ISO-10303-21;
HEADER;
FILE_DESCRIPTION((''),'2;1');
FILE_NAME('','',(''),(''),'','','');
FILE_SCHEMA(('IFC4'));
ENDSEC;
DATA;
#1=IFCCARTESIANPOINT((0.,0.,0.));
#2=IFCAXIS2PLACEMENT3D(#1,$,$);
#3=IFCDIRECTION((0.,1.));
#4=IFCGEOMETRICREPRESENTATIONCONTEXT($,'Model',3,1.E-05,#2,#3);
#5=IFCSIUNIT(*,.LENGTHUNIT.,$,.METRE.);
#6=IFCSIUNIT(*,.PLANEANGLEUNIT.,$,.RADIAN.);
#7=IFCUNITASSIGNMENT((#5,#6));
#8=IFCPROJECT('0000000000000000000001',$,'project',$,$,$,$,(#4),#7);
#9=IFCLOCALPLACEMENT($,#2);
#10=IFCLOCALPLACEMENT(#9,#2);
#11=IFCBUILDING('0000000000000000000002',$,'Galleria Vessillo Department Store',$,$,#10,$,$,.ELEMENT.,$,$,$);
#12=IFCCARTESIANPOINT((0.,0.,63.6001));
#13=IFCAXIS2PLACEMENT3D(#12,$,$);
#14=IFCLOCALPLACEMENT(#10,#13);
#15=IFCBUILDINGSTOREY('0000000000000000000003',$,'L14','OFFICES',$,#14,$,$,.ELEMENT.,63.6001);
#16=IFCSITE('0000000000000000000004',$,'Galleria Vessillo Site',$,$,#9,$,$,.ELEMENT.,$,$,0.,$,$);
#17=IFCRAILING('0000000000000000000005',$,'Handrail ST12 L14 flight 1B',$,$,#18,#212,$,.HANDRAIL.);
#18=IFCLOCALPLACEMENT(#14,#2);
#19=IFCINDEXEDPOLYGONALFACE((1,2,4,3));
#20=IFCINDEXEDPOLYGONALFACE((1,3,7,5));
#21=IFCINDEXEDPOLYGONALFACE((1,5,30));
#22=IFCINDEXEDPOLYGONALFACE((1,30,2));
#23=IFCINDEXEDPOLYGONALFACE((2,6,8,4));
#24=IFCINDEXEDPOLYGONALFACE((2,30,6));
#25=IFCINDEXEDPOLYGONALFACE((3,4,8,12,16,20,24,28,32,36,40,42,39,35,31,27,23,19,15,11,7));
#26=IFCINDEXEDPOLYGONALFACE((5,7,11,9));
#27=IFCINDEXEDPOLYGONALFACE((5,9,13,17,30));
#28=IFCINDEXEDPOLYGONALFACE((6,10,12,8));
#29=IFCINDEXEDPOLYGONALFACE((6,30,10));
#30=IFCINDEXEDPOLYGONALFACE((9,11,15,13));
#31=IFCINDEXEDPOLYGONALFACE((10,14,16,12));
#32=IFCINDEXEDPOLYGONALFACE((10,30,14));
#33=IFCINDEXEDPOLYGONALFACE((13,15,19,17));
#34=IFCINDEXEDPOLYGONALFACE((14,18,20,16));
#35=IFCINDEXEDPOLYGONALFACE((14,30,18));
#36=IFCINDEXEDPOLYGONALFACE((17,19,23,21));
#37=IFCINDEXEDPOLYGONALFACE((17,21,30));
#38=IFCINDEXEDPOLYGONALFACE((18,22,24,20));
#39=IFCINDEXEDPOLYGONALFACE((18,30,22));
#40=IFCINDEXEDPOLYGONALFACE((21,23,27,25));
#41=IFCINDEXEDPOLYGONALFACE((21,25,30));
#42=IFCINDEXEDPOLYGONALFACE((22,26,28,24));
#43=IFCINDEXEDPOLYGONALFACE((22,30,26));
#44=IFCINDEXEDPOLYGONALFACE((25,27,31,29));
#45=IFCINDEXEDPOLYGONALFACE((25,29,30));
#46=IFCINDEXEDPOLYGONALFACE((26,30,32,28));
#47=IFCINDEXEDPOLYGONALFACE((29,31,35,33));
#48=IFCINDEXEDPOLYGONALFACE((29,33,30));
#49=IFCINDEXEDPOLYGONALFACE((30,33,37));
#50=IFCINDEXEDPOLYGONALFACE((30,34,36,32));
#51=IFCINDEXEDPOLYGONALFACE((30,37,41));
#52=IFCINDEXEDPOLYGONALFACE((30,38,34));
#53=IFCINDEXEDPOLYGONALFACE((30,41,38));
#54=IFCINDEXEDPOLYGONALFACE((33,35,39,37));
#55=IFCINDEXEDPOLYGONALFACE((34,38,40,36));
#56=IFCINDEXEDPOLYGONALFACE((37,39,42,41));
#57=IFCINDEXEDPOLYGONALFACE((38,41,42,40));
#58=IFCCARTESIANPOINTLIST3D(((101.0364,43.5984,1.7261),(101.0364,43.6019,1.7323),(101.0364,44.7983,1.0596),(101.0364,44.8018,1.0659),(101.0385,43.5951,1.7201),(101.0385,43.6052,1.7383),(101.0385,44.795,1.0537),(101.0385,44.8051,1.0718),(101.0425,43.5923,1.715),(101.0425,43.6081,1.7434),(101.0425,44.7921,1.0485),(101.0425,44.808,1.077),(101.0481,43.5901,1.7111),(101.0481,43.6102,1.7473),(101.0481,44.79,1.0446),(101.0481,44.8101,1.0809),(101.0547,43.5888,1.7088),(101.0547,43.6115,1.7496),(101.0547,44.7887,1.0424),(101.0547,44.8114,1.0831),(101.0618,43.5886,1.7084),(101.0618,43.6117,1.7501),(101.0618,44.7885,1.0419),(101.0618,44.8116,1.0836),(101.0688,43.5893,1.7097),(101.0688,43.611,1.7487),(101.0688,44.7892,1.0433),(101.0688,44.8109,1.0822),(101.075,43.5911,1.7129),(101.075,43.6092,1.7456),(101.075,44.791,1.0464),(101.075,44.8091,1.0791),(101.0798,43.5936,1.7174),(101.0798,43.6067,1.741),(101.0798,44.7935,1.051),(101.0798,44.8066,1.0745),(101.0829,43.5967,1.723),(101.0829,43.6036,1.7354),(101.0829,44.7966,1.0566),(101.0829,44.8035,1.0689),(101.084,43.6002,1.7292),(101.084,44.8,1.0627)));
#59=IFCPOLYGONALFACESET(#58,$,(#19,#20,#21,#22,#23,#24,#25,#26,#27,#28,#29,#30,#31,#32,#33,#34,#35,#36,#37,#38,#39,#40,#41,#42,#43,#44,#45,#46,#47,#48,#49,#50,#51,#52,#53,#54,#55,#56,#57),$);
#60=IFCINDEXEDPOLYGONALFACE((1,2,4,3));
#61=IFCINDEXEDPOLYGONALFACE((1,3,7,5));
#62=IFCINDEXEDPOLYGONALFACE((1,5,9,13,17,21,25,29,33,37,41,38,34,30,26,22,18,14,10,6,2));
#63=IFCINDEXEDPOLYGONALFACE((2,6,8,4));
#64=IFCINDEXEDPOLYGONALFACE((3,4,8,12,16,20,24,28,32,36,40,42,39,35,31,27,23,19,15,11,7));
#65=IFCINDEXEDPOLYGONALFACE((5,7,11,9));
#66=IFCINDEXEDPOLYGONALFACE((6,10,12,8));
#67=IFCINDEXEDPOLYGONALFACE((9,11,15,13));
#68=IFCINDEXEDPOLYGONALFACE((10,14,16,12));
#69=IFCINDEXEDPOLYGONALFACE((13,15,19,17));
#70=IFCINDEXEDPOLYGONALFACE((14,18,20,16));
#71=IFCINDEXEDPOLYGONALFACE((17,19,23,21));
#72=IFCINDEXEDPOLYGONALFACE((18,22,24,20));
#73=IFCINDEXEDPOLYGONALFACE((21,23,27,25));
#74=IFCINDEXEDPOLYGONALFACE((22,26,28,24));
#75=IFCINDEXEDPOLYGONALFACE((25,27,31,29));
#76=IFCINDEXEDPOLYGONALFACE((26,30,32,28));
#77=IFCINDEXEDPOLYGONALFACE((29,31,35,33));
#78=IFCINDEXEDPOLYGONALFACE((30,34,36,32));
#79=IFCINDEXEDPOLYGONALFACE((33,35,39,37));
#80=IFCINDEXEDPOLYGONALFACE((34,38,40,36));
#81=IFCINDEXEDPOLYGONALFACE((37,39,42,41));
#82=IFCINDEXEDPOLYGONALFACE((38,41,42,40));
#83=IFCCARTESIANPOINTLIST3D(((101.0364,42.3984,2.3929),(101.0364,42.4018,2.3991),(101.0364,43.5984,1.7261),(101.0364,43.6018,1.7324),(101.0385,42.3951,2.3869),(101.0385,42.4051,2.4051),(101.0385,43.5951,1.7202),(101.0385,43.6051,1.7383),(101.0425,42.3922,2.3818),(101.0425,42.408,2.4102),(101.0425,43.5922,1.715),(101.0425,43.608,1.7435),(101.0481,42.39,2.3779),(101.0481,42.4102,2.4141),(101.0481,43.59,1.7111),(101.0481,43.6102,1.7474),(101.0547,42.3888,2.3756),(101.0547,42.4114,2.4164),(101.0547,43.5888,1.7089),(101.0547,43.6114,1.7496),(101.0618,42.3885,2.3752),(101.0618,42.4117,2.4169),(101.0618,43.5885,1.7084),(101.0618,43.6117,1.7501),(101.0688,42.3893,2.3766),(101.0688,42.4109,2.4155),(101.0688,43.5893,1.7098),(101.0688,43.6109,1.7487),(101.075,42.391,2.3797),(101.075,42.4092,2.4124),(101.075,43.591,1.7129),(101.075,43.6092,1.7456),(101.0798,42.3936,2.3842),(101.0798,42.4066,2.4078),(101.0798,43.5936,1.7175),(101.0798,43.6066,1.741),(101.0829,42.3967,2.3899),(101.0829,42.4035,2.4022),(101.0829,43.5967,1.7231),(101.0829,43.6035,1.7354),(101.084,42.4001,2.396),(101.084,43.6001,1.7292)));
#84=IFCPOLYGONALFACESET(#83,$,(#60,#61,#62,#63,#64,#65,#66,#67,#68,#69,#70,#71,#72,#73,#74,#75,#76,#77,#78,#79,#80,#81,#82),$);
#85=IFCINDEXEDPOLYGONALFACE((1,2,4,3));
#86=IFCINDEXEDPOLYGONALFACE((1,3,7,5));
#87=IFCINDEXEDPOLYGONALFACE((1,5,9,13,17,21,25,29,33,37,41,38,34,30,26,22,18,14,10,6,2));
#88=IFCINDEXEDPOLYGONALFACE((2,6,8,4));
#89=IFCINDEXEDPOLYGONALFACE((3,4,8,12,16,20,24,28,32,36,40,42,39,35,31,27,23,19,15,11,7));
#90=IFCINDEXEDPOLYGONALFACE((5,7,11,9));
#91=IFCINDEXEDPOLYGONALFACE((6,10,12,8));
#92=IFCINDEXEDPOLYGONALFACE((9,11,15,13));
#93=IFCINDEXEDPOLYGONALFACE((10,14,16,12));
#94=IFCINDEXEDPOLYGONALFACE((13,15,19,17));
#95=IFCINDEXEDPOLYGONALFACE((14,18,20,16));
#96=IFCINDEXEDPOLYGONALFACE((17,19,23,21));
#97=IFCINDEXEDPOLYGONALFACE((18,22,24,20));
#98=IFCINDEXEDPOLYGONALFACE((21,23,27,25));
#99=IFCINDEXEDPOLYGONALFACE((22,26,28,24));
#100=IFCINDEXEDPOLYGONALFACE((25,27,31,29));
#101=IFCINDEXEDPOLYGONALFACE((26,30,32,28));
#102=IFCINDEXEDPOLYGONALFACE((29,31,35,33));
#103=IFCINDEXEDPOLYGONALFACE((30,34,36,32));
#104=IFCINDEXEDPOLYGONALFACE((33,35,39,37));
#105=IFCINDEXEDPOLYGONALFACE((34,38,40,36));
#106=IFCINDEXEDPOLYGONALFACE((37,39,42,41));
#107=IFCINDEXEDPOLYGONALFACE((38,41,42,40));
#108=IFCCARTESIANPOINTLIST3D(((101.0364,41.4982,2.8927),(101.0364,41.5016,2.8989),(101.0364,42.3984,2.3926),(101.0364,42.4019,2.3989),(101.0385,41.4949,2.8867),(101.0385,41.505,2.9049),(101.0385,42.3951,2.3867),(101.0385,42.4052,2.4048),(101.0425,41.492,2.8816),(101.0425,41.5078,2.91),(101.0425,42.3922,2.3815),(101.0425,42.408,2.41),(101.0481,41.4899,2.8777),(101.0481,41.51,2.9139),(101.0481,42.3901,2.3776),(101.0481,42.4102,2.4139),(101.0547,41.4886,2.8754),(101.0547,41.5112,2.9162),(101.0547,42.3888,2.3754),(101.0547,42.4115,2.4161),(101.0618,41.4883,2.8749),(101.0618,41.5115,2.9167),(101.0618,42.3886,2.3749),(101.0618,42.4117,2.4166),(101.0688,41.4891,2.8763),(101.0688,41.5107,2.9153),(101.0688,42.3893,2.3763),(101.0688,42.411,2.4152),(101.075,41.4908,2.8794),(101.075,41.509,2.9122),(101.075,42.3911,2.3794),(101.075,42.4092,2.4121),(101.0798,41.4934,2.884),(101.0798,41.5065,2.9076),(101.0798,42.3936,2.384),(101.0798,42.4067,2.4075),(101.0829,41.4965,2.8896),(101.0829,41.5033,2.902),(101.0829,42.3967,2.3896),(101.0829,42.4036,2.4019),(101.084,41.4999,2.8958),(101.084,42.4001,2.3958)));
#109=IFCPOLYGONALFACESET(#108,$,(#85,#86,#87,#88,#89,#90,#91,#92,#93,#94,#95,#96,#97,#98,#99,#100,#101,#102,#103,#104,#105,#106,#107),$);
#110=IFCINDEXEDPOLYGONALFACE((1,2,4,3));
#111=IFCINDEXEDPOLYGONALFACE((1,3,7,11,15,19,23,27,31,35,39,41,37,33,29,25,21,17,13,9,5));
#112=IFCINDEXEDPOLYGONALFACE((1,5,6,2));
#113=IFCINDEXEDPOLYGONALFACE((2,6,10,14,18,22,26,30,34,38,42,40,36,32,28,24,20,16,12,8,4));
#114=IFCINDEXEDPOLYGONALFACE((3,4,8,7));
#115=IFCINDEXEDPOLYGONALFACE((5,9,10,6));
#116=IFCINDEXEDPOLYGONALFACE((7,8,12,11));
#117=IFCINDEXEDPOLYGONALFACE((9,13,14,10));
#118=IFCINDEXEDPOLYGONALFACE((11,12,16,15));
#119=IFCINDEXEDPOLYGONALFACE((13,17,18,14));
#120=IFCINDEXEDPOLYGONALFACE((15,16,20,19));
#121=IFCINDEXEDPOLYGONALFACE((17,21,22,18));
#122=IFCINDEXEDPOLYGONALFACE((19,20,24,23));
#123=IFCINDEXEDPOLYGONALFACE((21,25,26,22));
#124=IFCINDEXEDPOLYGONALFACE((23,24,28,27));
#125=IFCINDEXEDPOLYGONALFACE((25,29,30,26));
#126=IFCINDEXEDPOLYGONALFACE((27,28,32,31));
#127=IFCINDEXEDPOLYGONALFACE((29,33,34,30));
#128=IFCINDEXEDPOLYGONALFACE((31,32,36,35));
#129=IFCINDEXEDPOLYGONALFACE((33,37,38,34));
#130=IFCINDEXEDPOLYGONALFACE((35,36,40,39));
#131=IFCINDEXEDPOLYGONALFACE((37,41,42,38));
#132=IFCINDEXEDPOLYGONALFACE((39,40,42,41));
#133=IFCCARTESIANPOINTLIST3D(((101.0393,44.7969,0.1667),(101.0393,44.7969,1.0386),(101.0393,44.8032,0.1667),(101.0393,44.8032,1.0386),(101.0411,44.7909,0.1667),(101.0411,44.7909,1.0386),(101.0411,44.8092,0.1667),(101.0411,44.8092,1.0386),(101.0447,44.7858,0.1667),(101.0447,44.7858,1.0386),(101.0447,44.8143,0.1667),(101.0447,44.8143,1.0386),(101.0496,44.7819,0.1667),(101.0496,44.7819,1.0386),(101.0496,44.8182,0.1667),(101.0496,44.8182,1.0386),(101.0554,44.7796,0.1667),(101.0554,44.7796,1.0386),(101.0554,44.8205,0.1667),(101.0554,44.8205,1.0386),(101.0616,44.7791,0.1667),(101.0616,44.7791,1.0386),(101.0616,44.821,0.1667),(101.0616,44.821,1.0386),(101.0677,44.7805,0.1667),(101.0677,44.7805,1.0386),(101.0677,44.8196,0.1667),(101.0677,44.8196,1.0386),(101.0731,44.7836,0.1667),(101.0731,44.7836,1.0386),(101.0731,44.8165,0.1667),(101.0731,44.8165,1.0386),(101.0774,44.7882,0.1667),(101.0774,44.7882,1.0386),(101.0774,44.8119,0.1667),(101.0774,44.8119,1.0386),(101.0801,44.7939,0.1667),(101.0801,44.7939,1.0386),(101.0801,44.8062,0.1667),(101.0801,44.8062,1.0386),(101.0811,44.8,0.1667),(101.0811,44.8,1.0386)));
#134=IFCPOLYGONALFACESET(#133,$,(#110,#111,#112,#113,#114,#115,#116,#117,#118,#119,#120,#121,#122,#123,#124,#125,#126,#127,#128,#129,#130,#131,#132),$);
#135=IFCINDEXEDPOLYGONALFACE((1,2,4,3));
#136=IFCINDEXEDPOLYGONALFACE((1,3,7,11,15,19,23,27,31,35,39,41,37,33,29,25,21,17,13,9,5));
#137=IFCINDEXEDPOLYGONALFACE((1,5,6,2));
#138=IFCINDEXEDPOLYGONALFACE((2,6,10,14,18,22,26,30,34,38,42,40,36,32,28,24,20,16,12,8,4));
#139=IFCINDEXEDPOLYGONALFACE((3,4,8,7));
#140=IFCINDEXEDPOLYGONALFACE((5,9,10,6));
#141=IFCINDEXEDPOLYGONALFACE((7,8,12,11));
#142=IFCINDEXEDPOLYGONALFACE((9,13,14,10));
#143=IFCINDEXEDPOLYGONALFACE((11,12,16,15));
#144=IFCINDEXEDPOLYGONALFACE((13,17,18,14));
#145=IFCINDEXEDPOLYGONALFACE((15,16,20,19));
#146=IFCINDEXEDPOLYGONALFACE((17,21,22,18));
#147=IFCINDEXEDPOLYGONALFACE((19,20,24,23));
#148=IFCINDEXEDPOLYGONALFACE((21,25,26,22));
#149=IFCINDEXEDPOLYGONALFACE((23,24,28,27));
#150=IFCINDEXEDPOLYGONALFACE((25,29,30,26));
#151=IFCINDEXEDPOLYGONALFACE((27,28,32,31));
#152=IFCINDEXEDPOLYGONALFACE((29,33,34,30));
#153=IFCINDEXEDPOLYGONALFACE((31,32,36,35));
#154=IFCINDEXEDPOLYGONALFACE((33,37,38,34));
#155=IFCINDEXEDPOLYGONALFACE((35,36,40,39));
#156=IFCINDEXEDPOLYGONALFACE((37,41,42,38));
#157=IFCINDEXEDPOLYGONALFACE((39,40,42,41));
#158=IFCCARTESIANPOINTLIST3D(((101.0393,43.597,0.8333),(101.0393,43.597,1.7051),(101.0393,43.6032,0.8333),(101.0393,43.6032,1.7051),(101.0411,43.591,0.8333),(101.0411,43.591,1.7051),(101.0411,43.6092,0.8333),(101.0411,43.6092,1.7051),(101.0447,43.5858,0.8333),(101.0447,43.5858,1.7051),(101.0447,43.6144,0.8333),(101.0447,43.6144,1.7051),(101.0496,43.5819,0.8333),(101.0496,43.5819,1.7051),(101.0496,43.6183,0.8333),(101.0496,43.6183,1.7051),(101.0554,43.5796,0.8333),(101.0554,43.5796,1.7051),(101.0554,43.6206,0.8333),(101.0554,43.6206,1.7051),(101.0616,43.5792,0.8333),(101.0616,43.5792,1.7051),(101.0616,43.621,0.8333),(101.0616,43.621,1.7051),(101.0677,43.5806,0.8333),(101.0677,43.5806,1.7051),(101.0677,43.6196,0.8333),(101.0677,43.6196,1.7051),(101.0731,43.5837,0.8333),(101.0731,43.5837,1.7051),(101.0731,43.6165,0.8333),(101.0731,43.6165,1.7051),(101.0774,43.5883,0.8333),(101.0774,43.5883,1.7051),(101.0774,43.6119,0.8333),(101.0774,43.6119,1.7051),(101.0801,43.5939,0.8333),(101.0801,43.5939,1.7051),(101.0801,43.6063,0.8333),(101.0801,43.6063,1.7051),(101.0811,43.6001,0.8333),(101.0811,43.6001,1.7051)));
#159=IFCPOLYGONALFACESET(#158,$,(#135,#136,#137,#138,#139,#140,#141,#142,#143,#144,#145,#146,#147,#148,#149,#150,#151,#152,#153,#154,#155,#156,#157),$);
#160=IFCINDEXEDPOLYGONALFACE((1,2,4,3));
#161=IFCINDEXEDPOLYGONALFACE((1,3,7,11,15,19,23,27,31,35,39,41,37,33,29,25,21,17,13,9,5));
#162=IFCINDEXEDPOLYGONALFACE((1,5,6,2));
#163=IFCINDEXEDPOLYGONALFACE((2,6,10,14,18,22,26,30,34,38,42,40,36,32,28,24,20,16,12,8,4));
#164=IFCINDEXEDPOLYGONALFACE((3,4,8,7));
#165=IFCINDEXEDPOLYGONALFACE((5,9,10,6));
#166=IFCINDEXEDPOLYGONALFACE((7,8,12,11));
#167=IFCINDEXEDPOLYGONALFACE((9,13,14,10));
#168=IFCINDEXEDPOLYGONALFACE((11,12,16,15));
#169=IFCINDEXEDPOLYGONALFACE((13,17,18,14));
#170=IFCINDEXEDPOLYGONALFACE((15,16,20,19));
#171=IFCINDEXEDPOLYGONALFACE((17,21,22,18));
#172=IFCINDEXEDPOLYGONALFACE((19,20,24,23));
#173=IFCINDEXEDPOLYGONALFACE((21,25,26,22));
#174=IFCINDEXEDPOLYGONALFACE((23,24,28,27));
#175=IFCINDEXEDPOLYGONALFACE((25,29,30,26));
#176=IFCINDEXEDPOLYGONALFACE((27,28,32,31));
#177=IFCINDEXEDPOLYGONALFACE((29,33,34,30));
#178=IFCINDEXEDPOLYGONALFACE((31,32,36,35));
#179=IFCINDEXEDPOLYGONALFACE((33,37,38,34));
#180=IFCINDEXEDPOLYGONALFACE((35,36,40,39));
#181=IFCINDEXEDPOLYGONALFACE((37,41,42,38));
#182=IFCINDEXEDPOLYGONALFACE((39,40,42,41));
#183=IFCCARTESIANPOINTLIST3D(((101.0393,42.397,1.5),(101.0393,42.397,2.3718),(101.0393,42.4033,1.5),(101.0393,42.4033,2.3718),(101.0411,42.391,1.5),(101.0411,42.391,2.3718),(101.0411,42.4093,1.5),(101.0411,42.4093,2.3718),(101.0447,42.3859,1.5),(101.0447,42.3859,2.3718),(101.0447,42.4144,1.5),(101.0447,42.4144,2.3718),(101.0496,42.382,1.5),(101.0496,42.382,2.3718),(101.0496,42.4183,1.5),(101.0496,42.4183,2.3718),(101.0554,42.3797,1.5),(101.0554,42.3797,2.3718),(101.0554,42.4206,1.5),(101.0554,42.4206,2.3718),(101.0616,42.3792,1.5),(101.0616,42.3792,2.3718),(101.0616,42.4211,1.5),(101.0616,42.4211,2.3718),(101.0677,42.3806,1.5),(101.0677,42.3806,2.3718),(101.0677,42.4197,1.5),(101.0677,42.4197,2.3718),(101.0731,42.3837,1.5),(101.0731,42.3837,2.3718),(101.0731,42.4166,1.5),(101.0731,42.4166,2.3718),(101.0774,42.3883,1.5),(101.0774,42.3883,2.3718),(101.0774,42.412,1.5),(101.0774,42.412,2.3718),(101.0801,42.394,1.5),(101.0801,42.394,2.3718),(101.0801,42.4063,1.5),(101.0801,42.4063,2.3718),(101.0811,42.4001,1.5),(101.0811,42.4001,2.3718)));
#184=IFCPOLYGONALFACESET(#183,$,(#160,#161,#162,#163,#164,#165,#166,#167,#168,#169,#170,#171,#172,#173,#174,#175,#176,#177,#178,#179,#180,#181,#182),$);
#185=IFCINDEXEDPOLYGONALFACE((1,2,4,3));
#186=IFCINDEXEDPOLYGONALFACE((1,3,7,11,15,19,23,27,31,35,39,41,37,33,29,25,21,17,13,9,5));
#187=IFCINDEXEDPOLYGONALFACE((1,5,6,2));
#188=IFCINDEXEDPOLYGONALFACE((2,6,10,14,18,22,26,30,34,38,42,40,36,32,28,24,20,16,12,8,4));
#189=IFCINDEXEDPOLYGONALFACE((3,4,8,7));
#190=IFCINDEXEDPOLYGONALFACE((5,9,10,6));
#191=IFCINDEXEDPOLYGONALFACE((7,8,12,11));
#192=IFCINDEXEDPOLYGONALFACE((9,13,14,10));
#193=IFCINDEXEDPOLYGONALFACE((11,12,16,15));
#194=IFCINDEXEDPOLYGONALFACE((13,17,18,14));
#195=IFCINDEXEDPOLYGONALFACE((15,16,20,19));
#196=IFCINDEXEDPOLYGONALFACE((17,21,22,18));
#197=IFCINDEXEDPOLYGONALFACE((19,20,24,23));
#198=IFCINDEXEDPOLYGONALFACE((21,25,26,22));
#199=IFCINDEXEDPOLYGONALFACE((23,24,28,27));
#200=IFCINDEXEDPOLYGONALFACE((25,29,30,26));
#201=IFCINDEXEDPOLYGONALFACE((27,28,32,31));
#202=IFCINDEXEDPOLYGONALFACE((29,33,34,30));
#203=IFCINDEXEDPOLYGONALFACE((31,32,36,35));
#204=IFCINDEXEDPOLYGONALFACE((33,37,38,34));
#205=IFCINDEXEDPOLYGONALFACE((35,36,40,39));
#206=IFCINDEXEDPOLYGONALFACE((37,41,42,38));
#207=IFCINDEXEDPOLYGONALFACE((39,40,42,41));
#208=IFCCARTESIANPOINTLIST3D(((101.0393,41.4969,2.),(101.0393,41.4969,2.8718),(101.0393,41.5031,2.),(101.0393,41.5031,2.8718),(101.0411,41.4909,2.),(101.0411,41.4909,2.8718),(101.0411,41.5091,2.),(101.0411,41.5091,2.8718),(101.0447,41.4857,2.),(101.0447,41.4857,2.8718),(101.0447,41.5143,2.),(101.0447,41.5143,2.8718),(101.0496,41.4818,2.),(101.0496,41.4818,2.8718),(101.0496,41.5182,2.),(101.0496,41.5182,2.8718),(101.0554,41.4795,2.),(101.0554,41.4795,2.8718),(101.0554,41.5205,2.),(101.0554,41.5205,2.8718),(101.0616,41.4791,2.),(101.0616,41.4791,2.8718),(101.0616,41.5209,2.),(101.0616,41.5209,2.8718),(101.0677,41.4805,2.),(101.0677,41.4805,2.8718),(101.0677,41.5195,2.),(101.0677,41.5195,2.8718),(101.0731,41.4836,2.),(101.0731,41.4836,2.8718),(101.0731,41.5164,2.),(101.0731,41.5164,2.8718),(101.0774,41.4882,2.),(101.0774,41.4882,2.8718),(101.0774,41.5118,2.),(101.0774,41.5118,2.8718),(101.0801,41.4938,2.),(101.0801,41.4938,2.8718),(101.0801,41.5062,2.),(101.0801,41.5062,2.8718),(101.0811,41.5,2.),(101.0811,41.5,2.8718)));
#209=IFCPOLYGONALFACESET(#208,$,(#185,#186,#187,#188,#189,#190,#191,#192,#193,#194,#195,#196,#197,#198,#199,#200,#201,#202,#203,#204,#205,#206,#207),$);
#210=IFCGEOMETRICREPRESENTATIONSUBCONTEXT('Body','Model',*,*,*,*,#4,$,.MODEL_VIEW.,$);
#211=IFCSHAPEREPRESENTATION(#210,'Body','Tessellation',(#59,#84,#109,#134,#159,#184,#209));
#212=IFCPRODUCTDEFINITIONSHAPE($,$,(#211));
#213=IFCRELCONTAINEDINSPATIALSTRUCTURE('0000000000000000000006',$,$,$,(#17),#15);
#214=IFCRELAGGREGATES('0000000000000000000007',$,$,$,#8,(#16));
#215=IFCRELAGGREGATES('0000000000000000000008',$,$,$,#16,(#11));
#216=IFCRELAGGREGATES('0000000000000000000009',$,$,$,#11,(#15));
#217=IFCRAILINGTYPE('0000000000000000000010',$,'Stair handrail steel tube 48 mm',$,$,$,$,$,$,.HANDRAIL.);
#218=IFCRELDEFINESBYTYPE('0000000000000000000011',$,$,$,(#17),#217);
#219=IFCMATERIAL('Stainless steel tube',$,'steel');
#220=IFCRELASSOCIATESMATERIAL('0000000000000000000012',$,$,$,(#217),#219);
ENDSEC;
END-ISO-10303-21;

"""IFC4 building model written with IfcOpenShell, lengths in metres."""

from ifc_helpers import new_model, si_unit, direction, frame, origin, origin_2d, place, context, subcontext, project, spatial, circle, extrude, material, type_object, element, save


model = new_model("IFC4")

# Units and contexts
model_context = context("Model", 3, precision=1e-05, world=origin(), true_north=direction((0.0, 1.0)))
body_context = subcontext(model_context, "Body", "Model", "MODEL_VIEW")
ifc_project = project(units=[si_unit("LENGTHUNIT", "METRE"), si_unit("PLANEANGLEUNIT", "RADIAN")], contexts=[model_context])

# Site, building, storey
site_placement = place(None, origin())
site = spatial("IfcSite", under=ifc_project, at=site_placement, Name="Galleria Vessillo Site", CompositionType="ELEMENT", RefElevation=0.0)
building_placement = place(site_placement, origin())
building = spatial("IfcBuilding", under=site, at=building_placement, Name="Galleria Vessillo Department Store", CompositionType="ELEMENT")
storey_placement = place(building_placement, frame((0.0, 0.0, 63.6001)))
storey = spatial("IfcBuildingStorey", under=building, at=storey_placement, Name="L14", Description="OFFICES", CompositionType="ELEMENT", Elevation=63.6001)

# Railing
ifc_material_1 = material(Name="Stainless steel tube", Category="steel")
railing_type = type_object("IfcRailingType", Name="Stair handrail steel tube 48 mm", PredefinedType="HANDRAIL", material=ifc_material_1)
for number, where, name in (
    (1, (101.0601, 44.8, 0.1667), "Handrail ST12 L14 flight 1B"),
):
    element("IfcRailing", number, at=place(storey_placement, frame(where)), inside=storey, type_object=railing_type, Name=name, PredefinedType="HANDRAIL", context=body_context, shape_type="SweptSolid", body=[
        extrude(circle(Radius=0.0239, at=origin_2d()), frame((0.0, 0.0, 0.896), z_axis=(0.0, -0.874199, 0.485567), x_axis=(1.0, 0.0, 0.0)), (0.0, 0.0, 1.0), 1.3726),
        extrude(circle(Radius=0.0239, at=origin_2d()), frame((0.0, -1.2, 1.5625), z_axis=(0.0, -0.874124, 0.485703), x_axis=(1.0, 0.0, 0.0)), (0.0, 0.0, 1.0), 1.3728),
        extrude(circle(Radius=0.0239, at=origin_2d()), frame((0.0, -2.3999, 2.229), z_axis=(0.0, -0.874191, 0.485583), x_axis=(1.0, 0.0, 0.0)), (0.0, 0.0, 1.0), 1.0298),
        extrude(circle(Radius=0.021, at=origin_2d()), origin(), (0.0, 0.0, 1.0), 0.8718),
        extrude(circle(Radius=0.021, at=origin_2d()), frame((0.0, -1.2, 0.6665)), (0.0, 0.0, 1.0), 0.8718),
        extrude(circle(Radius=0.021, at=origin_2d()), frame((0.0, -2.3999, 1.3333)), (0.0, 0.0, 1.0), 0.8718),
        extrude(circle(Radius=0.021, at=origin_2d()), frame((0.0, -3.3, 1.8333)), (0.0, 0.0, 1.0), 0.8718),
    ])

save(model, "model.ifc")
